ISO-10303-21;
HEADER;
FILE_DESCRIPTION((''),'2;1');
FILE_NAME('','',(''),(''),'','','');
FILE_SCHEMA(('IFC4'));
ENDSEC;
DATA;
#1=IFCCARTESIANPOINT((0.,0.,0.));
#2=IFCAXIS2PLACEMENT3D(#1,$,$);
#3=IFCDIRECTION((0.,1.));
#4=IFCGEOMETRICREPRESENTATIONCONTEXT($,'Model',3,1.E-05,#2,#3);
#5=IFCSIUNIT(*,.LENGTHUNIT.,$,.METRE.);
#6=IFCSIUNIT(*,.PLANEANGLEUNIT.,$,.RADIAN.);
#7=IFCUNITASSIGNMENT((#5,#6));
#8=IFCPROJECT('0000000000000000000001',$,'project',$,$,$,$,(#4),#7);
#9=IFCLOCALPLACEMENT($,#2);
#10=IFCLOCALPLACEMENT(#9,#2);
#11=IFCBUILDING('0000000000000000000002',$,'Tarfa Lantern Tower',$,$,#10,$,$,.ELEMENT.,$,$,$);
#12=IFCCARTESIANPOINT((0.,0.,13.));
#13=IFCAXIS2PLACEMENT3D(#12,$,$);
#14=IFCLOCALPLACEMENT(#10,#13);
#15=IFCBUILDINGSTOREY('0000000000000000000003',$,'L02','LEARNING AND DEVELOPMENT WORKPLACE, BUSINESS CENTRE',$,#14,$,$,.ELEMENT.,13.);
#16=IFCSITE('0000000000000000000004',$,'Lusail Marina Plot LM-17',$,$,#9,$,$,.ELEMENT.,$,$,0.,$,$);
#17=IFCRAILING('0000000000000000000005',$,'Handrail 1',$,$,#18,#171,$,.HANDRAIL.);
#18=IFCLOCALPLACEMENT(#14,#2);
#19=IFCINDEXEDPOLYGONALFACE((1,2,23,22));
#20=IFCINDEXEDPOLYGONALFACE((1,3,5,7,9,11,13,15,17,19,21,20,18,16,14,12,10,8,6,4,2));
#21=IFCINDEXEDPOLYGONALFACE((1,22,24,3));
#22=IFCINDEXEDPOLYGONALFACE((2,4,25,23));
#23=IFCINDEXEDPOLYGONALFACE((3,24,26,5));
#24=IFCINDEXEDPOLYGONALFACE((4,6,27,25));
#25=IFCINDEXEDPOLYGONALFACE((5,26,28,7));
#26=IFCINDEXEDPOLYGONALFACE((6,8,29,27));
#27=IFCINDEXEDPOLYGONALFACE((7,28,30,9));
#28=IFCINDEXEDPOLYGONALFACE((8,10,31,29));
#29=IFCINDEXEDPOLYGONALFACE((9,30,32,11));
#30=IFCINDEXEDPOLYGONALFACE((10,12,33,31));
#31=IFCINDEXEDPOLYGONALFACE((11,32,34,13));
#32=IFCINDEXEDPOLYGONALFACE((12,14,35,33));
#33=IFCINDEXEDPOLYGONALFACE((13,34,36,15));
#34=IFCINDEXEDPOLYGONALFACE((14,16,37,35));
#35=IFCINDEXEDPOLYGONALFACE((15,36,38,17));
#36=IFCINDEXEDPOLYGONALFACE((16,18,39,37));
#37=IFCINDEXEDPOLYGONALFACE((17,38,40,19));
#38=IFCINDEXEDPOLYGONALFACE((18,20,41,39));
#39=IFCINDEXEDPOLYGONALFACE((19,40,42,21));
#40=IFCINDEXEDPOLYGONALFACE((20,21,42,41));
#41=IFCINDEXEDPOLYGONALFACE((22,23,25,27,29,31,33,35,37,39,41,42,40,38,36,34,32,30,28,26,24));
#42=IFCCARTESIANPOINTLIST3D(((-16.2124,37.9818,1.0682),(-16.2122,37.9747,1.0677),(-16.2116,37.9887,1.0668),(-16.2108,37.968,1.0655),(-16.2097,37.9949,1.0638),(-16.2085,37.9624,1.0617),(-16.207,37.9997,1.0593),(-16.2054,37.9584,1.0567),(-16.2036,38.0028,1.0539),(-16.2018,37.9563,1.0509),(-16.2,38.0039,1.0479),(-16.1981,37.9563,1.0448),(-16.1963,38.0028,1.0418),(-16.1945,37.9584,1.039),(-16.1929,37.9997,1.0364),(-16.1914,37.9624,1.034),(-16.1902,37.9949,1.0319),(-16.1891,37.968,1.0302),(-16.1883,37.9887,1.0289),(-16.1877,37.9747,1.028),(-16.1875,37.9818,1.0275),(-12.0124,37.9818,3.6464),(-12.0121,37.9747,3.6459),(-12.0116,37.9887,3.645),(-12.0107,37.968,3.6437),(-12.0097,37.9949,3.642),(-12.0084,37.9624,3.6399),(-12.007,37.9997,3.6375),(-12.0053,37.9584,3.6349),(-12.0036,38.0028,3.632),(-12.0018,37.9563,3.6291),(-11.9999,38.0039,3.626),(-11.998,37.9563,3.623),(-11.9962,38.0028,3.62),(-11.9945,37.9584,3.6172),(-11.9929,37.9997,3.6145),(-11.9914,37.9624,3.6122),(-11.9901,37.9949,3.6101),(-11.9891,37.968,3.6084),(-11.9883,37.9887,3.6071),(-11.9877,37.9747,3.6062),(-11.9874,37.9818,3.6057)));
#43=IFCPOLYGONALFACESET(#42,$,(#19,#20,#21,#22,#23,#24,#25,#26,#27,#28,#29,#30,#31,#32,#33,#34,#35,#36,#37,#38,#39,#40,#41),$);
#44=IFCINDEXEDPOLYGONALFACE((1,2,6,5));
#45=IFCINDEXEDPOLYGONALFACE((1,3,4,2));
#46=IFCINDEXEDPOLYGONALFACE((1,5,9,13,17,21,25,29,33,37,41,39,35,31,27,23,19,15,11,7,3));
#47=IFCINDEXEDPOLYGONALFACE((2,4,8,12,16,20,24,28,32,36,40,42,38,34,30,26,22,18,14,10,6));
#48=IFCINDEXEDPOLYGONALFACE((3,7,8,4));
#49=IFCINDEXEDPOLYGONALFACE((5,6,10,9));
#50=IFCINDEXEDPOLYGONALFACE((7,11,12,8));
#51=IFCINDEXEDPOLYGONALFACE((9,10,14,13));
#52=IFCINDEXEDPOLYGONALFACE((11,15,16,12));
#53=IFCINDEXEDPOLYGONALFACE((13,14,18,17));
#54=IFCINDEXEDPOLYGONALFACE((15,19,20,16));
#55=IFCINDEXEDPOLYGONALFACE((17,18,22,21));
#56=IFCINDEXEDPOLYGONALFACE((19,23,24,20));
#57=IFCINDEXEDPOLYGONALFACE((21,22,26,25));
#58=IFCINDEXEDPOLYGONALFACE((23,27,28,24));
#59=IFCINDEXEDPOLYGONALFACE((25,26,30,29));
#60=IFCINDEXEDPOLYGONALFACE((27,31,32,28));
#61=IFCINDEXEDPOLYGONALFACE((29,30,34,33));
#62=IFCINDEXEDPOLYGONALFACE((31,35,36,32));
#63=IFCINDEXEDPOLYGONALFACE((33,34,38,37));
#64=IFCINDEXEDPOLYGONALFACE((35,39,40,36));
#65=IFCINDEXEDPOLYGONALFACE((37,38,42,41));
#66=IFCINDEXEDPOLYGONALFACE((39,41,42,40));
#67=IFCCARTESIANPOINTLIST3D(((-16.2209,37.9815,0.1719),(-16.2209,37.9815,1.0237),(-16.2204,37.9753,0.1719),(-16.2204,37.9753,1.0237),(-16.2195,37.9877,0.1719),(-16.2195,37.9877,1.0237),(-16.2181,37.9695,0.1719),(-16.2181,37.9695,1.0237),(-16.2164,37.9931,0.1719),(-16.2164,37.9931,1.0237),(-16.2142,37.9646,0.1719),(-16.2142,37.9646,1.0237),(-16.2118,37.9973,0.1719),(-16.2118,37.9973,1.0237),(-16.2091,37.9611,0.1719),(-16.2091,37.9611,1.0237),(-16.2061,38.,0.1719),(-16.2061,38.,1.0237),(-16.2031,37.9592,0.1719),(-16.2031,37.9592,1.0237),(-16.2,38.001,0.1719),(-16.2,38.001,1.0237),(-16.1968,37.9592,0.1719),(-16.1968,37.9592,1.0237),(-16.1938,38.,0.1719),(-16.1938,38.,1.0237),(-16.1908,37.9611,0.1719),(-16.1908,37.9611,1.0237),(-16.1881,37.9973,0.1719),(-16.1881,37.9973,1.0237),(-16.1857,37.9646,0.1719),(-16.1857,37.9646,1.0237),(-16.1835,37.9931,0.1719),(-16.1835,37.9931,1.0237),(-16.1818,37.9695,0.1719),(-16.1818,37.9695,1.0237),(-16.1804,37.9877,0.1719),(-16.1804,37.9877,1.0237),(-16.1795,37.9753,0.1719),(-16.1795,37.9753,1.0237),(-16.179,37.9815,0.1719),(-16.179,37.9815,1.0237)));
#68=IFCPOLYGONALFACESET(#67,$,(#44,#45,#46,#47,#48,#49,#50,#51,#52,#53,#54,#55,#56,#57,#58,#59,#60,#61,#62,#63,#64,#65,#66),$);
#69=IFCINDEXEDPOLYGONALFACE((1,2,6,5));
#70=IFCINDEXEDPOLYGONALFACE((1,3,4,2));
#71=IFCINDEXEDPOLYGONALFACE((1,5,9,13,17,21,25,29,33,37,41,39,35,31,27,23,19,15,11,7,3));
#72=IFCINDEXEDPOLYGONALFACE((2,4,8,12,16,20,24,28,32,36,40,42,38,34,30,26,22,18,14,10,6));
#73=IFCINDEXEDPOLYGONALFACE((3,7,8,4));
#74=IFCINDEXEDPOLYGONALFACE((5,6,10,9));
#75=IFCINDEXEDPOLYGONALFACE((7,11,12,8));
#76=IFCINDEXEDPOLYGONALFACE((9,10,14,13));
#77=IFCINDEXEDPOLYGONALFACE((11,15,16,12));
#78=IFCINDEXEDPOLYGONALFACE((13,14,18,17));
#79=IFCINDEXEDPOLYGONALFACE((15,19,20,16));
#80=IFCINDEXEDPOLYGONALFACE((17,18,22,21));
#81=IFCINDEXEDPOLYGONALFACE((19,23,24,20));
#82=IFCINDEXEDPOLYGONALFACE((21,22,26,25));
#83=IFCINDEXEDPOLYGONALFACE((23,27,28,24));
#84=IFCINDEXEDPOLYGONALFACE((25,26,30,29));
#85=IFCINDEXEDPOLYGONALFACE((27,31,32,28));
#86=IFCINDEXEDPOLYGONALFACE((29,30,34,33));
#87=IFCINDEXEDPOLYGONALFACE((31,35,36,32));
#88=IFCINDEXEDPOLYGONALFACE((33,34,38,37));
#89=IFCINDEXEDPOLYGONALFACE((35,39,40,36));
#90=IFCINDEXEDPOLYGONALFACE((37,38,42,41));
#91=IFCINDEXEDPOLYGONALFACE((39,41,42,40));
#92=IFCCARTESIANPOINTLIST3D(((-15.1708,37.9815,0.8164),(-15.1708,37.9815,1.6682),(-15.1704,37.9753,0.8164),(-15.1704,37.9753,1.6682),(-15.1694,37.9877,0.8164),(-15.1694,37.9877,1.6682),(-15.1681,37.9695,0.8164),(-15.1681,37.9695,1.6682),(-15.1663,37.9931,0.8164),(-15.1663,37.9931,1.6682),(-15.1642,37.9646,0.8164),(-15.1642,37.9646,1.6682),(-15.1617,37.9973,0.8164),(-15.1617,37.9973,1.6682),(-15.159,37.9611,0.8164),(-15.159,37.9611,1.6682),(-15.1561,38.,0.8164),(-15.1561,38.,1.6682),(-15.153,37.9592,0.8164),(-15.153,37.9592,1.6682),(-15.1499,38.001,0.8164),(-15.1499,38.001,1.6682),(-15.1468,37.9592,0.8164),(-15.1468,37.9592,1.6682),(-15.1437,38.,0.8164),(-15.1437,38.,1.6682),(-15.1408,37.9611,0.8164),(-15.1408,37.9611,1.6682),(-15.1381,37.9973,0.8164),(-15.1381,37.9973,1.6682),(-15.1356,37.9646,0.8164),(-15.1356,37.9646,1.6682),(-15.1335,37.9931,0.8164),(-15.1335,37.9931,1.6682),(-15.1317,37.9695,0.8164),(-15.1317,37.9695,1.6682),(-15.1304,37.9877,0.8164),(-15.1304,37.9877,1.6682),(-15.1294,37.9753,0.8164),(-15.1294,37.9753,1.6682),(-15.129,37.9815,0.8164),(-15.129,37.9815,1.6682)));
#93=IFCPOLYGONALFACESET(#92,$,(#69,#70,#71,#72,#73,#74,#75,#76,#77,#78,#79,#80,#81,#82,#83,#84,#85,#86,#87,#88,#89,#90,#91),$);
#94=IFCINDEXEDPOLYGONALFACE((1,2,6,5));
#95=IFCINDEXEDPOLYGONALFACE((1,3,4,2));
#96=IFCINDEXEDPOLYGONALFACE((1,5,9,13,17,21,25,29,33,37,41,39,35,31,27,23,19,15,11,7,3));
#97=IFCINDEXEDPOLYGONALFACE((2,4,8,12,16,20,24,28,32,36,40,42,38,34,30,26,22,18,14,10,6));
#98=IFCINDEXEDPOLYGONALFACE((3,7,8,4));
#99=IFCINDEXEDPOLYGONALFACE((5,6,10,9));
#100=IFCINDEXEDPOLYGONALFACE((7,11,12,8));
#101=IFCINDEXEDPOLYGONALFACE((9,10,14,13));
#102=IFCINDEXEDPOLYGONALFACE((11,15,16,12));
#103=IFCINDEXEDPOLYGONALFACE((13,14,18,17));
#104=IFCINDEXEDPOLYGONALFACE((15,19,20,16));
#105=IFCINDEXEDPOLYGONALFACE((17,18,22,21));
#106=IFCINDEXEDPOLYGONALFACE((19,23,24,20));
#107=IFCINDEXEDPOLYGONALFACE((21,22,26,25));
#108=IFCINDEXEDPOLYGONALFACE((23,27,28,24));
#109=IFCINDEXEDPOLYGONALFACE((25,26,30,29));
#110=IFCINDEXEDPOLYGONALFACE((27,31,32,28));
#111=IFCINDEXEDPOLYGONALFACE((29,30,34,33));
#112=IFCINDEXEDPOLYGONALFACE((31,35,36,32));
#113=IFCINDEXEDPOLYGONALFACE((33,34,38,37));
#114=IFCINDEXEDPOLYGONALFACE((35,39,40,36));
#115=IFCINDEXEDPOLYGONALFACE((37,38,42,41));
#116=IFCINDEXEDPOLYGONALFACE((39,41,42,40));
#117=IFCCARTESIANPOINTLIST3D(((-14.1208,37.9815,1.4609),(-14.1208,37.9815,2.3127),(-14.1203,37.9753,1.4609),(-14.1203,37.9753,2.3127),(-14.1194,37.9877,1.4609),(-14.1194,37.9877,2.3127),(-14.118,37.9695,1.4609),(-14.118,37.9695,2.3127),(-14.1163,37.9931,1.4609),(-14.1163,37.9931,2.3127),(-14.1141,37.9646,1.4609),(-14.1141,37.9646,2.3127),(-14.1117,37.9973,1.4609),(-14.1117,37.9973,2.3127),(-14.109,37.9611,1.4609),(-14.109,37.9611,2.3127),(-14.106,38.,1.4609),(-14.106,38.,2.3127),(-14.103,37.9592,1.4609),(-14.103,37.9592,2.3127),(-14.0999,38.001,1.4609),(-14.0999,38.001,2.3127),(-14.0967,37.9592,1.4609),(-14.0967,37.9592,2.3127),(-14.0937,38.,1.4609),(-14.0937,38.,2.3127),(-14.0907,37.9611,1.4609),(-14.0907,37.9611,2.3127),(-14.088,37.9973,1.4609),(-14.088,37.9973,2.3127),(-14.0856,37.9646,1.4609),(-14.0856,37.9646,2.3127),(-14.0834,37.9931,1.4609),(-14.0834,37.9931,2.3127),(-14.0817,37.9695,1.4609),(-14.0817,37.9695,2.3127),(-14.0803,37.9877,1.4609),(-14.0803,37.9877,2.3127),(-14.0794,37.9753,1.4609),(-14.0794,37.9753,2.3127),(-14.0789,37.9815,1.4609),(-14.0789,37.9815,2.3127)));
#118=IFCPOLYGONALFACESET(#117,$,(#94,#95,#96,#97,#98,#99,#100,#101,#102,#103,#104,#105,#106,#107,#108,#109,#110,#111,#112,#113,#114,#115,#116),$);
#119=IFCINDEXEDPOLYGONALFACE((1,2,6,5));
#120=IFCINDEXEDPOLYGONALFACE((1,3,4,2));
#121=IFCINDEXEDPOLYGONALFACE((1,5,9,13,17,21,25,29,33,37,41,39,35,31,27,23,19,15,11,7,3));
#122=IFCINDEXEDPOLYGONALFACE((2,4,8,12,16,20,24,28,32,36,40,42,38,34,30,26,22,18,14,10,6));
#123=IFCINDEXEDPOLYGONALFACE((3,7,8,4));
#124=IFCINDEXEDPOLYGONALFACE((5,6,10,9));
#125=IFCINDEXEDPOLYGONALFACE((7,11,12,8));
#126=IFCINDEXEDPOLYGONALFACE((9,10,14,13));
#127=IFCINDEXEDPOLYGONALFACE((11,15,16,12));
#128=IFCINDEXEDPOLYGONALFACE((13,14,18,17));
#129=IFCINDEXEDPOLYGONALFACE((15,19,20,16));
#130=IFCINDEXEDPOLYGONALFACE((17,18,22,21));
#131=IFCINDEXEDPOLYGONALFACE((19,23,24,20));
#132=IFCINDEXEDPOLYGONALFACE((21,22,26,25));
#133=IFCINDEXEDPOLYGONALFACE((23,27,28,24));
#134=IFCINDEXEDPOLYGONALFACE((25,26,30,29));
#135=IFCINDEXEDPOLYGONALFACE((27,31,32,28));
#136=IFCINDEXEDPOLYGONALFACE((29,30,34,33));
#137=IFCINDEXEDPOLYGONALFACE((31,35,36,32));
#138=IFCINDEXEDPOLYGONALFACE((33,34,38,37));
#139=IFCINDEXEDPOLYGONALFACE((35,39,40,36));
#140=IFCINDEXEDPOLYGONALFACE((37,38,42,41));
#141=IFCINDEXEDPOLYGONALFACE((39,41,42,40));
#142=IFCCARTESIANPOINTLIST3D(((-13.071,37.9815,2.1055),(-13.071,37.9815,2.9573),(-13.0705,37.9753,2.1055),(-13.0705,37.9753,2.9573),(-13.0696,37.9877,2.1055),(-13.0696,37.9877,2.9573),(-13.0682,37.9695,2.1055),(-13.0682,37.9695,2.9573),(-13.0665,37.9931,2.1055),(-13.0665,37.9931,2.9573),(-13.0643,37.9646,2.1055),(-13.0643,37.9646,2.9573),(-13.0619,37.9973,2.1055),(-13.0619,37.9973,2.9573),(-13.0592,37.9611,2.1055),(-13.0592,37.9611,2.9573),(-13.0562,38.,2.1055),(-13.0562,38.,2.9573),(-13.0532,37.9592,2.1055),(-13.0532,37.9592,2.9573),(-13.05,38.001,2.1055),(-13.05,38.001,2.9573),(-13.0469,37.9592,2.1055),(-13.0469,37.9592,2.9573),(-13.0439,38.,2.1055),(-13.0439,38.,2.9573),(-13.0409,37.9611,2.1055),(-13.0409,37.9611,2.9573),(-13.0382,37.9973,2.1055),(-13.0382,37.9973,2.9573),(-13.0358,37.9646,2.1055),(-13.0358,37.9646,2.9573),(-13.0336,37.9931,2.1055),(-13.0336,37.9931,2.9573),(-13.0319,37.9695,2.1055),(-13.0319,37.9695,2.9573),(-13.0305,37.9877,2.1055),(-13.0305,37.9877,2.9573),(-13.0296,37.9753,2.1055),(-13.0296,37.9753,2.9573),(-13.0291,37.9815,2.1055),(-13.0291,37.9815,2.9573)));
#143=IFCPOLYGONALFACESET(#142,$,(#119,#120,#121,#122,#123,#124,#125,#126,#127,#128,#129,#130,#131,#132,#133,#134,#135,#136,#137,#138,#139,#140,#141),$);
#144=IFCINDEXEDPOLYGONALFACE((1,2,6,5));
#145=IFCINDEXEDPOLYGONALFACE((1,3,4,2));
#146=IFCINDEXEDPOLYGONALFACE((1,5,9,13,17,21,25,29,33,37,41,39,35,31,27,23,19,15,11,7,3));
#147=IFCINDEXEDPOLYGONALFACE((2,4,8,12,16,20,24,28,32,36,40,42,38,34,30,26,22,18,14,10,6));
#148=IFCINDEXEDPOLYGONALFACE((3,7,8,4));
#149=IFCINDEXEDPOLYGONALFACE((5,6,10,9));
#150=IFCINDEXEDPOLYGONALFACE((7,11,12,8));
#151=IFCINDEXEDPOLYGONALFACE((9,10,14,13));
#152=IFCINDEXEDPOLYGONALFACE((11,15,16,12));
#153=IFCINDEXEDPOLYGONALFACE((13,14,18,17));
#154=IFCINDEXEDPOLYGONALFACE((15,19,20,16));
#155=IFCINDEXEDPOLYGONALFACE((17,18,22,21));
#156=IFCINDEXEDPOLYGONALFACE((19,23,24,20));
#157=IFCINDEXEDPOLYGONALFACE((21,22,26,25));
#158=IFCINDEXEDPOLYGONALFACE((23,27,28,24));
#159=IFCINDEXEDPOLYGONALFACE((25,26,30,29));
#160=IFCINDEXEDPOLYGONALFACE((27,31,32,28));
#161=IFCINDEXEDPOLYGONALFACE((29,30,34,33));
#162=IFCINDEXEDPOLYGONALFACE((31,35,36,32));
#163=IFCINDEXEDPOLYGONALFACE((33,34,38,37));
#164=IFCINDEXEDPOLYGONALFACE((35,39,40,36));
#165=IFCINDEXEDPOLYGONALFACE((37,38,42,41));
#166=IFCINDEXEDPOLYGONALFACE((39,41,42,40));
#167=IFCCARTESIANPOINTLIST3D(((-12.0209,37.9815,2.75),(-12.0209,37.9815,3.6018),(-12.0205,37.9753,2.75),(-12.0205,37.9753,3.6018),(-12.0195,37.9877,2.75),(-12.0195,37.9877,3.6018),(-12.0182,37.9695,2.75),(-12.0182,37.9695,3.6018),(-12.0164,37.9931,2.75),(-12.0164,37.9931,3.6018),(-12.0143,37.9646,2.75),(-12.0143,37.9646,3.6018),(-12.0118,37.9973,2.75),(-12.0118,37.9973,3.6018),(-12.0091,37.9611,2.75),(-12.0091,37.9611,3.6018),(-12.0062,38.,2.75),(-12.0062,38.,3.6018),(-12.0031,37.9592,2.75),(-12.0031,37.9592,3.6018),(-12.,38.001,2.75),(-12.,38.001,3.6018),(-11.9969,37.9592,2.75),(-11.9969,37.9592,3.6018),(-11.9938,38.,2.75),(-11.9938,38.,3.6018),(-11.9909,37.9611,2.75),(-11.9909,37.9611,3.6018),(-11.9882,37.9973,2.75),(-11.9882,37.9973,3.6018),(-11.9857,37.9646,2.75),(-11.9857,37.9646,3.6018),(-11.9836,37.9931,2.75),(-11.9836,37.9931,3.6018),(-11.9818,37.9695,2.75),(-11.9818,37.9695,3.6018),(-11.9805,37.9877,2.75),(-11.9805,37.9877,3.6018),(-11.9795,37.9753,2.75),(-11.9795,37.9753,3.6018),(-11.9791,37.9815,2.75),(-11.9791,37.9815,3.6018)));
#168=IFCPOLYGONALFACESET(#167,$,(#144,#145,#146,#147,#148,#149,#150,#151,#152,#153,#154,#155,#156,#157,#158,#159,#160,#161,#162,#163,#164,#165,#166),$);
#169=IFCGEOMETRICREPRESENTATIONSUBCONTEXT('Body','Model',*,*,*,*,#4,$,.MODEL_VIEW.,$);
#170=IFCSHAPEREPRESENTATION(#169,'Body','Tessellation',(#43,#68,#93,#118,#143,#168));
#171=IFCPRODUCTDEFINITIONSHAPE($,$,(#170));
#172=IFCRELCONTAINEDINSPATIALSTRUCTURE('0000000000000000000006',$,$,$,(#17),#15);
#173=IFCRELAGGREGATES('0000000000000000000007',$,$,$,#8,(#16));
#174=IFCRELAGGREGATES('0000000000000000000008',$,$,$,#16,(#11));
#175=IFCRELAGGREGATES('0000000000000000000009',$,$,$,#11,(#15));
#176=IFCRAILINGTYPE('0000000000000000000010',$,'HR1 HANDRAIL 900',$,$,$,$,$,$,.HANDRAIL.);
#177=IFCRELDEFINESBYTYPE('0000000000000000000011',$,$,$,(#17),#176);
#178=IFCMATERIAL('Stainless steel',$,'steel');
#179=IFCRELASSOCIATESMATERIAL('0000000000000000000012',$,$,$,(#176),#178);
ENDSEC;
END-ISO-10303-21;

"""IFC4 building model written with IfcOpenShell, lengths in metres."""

from ifc_helpers import new_model, si_unit, direction, frame, origin, origin_2d, place, context, subcontext, project, spatial, circle, extrude, material, type_object, element, save


model = new_model("IFC4")

# Units and contexts
model_context = context("Model", 3, precision=1e-05, world=origin(), true_north=direction((0.0, 1.0)))
body_context = subcontext(model_context, "Body", "Model", "MODEL_VIEW")
ifc_project = project(units=[si_unit("LENGTHUNIT", "METRE"), si_unit("PLANEANGLEUNIT", "RADIAN")], contexts=[model_context])

# Site, building, storey
site_placement = place(None, origin())
site = spatial("IfcSite", under=ifc_project, at=site_placement, Name="Lusail Marina Plot LM-17", CompositionType="ELEMENT", RefElevation=0.0)
building_placement = place(site_placement, origin())
building = spatial("IfcBuilding", under=site, at=building_placement, Name="Tarfa Lantern Tower", CompositionType="ELEMENT")
storey_placement = place(building_placement, frame((0.0, 0.0, 13.0)))
storey = spatial("IfcBuildingStorey", under=building, at=storey_placement, Name="L02", Description="LEARNING AND DEVELOPMENT WORKPLACE, BUSINESS CENTRE", CompositionType="ELEMENT", Elevation=13.0)

# Railing
ifc_material_1 = material(Name="Stainless steel", Category="steel")
railing_type = type_object("IfcRailingType", Name="HR1 HANDRAIL 900", PredefinedType="HANDRAIL", material=ifc_material_1)
railing_1_placement = place(storey_placement, frame((-16.2, 37.98, 0.1719)))
element("IfcRailing", 1, at=railing_1_placement, inside=storey, type_object=railing_type, Name="Handrail 1", PredefinedType="HANDRAIL", context=body_context, shape_type="SweptSolid", body=[
    extrude(circle(Radius=0.0239, at=origin_2d()), frame((0.0, 0.0, 0.876), z_axis=(0.852243, 0.0, 0.523146), x_axis=(0.0, 1.0, 0.0)), (0.0, 0.0, 1.0), 4.9282),
    extrude(circle(Radius=0.021, at=origin_2d()), frame((0.0, 0.0, 0.0), z_axis=(0.0, 0.0, 1.0), x_axis=(0.0, 1.0, 0.0)), (0.0, 0.0, 1.0), 0.8518),
    extrude(circle(Radius=0.021, at=origin_2d()), frame((1.05, 0.0, 0.6445), z_axis=(0.0, 0.0, 1.0), x_axis=(0.0, 1.0, 0.0)), (0.0, 0.0, 1.0), 0.8518),
    extrude(circle(Radius=0.021, at=origin_2d()), frame((2.1001, 0.0, 1.2891), z_axis=(0.0, 0.0, 1.0), x_axis=(0.0, 1.0, 0.0)), (0.0, 0.0, 1.0), 0.8518),
    extrude(circle(Radius=0.021, at=origin_2d()), frame((3.1499, 0.0, 1.9336), z_axis=(0.0, 0.0, 1.0), x_axis=(0.0, 1.0, 0.0)), (0.0, 0.0, 1.0), 0.8518),
    extrude(circle(Radius=0.021, at=origin_2d()), frame((4.2, 0.0, 2.5781), z_axis=(0.0, 0.0, 1.0), x_axis=(0.0, 1.0, 0.0)), (0.0, 0.0, 1.0), 0.8518),
])

save(model, "model.ifc")
